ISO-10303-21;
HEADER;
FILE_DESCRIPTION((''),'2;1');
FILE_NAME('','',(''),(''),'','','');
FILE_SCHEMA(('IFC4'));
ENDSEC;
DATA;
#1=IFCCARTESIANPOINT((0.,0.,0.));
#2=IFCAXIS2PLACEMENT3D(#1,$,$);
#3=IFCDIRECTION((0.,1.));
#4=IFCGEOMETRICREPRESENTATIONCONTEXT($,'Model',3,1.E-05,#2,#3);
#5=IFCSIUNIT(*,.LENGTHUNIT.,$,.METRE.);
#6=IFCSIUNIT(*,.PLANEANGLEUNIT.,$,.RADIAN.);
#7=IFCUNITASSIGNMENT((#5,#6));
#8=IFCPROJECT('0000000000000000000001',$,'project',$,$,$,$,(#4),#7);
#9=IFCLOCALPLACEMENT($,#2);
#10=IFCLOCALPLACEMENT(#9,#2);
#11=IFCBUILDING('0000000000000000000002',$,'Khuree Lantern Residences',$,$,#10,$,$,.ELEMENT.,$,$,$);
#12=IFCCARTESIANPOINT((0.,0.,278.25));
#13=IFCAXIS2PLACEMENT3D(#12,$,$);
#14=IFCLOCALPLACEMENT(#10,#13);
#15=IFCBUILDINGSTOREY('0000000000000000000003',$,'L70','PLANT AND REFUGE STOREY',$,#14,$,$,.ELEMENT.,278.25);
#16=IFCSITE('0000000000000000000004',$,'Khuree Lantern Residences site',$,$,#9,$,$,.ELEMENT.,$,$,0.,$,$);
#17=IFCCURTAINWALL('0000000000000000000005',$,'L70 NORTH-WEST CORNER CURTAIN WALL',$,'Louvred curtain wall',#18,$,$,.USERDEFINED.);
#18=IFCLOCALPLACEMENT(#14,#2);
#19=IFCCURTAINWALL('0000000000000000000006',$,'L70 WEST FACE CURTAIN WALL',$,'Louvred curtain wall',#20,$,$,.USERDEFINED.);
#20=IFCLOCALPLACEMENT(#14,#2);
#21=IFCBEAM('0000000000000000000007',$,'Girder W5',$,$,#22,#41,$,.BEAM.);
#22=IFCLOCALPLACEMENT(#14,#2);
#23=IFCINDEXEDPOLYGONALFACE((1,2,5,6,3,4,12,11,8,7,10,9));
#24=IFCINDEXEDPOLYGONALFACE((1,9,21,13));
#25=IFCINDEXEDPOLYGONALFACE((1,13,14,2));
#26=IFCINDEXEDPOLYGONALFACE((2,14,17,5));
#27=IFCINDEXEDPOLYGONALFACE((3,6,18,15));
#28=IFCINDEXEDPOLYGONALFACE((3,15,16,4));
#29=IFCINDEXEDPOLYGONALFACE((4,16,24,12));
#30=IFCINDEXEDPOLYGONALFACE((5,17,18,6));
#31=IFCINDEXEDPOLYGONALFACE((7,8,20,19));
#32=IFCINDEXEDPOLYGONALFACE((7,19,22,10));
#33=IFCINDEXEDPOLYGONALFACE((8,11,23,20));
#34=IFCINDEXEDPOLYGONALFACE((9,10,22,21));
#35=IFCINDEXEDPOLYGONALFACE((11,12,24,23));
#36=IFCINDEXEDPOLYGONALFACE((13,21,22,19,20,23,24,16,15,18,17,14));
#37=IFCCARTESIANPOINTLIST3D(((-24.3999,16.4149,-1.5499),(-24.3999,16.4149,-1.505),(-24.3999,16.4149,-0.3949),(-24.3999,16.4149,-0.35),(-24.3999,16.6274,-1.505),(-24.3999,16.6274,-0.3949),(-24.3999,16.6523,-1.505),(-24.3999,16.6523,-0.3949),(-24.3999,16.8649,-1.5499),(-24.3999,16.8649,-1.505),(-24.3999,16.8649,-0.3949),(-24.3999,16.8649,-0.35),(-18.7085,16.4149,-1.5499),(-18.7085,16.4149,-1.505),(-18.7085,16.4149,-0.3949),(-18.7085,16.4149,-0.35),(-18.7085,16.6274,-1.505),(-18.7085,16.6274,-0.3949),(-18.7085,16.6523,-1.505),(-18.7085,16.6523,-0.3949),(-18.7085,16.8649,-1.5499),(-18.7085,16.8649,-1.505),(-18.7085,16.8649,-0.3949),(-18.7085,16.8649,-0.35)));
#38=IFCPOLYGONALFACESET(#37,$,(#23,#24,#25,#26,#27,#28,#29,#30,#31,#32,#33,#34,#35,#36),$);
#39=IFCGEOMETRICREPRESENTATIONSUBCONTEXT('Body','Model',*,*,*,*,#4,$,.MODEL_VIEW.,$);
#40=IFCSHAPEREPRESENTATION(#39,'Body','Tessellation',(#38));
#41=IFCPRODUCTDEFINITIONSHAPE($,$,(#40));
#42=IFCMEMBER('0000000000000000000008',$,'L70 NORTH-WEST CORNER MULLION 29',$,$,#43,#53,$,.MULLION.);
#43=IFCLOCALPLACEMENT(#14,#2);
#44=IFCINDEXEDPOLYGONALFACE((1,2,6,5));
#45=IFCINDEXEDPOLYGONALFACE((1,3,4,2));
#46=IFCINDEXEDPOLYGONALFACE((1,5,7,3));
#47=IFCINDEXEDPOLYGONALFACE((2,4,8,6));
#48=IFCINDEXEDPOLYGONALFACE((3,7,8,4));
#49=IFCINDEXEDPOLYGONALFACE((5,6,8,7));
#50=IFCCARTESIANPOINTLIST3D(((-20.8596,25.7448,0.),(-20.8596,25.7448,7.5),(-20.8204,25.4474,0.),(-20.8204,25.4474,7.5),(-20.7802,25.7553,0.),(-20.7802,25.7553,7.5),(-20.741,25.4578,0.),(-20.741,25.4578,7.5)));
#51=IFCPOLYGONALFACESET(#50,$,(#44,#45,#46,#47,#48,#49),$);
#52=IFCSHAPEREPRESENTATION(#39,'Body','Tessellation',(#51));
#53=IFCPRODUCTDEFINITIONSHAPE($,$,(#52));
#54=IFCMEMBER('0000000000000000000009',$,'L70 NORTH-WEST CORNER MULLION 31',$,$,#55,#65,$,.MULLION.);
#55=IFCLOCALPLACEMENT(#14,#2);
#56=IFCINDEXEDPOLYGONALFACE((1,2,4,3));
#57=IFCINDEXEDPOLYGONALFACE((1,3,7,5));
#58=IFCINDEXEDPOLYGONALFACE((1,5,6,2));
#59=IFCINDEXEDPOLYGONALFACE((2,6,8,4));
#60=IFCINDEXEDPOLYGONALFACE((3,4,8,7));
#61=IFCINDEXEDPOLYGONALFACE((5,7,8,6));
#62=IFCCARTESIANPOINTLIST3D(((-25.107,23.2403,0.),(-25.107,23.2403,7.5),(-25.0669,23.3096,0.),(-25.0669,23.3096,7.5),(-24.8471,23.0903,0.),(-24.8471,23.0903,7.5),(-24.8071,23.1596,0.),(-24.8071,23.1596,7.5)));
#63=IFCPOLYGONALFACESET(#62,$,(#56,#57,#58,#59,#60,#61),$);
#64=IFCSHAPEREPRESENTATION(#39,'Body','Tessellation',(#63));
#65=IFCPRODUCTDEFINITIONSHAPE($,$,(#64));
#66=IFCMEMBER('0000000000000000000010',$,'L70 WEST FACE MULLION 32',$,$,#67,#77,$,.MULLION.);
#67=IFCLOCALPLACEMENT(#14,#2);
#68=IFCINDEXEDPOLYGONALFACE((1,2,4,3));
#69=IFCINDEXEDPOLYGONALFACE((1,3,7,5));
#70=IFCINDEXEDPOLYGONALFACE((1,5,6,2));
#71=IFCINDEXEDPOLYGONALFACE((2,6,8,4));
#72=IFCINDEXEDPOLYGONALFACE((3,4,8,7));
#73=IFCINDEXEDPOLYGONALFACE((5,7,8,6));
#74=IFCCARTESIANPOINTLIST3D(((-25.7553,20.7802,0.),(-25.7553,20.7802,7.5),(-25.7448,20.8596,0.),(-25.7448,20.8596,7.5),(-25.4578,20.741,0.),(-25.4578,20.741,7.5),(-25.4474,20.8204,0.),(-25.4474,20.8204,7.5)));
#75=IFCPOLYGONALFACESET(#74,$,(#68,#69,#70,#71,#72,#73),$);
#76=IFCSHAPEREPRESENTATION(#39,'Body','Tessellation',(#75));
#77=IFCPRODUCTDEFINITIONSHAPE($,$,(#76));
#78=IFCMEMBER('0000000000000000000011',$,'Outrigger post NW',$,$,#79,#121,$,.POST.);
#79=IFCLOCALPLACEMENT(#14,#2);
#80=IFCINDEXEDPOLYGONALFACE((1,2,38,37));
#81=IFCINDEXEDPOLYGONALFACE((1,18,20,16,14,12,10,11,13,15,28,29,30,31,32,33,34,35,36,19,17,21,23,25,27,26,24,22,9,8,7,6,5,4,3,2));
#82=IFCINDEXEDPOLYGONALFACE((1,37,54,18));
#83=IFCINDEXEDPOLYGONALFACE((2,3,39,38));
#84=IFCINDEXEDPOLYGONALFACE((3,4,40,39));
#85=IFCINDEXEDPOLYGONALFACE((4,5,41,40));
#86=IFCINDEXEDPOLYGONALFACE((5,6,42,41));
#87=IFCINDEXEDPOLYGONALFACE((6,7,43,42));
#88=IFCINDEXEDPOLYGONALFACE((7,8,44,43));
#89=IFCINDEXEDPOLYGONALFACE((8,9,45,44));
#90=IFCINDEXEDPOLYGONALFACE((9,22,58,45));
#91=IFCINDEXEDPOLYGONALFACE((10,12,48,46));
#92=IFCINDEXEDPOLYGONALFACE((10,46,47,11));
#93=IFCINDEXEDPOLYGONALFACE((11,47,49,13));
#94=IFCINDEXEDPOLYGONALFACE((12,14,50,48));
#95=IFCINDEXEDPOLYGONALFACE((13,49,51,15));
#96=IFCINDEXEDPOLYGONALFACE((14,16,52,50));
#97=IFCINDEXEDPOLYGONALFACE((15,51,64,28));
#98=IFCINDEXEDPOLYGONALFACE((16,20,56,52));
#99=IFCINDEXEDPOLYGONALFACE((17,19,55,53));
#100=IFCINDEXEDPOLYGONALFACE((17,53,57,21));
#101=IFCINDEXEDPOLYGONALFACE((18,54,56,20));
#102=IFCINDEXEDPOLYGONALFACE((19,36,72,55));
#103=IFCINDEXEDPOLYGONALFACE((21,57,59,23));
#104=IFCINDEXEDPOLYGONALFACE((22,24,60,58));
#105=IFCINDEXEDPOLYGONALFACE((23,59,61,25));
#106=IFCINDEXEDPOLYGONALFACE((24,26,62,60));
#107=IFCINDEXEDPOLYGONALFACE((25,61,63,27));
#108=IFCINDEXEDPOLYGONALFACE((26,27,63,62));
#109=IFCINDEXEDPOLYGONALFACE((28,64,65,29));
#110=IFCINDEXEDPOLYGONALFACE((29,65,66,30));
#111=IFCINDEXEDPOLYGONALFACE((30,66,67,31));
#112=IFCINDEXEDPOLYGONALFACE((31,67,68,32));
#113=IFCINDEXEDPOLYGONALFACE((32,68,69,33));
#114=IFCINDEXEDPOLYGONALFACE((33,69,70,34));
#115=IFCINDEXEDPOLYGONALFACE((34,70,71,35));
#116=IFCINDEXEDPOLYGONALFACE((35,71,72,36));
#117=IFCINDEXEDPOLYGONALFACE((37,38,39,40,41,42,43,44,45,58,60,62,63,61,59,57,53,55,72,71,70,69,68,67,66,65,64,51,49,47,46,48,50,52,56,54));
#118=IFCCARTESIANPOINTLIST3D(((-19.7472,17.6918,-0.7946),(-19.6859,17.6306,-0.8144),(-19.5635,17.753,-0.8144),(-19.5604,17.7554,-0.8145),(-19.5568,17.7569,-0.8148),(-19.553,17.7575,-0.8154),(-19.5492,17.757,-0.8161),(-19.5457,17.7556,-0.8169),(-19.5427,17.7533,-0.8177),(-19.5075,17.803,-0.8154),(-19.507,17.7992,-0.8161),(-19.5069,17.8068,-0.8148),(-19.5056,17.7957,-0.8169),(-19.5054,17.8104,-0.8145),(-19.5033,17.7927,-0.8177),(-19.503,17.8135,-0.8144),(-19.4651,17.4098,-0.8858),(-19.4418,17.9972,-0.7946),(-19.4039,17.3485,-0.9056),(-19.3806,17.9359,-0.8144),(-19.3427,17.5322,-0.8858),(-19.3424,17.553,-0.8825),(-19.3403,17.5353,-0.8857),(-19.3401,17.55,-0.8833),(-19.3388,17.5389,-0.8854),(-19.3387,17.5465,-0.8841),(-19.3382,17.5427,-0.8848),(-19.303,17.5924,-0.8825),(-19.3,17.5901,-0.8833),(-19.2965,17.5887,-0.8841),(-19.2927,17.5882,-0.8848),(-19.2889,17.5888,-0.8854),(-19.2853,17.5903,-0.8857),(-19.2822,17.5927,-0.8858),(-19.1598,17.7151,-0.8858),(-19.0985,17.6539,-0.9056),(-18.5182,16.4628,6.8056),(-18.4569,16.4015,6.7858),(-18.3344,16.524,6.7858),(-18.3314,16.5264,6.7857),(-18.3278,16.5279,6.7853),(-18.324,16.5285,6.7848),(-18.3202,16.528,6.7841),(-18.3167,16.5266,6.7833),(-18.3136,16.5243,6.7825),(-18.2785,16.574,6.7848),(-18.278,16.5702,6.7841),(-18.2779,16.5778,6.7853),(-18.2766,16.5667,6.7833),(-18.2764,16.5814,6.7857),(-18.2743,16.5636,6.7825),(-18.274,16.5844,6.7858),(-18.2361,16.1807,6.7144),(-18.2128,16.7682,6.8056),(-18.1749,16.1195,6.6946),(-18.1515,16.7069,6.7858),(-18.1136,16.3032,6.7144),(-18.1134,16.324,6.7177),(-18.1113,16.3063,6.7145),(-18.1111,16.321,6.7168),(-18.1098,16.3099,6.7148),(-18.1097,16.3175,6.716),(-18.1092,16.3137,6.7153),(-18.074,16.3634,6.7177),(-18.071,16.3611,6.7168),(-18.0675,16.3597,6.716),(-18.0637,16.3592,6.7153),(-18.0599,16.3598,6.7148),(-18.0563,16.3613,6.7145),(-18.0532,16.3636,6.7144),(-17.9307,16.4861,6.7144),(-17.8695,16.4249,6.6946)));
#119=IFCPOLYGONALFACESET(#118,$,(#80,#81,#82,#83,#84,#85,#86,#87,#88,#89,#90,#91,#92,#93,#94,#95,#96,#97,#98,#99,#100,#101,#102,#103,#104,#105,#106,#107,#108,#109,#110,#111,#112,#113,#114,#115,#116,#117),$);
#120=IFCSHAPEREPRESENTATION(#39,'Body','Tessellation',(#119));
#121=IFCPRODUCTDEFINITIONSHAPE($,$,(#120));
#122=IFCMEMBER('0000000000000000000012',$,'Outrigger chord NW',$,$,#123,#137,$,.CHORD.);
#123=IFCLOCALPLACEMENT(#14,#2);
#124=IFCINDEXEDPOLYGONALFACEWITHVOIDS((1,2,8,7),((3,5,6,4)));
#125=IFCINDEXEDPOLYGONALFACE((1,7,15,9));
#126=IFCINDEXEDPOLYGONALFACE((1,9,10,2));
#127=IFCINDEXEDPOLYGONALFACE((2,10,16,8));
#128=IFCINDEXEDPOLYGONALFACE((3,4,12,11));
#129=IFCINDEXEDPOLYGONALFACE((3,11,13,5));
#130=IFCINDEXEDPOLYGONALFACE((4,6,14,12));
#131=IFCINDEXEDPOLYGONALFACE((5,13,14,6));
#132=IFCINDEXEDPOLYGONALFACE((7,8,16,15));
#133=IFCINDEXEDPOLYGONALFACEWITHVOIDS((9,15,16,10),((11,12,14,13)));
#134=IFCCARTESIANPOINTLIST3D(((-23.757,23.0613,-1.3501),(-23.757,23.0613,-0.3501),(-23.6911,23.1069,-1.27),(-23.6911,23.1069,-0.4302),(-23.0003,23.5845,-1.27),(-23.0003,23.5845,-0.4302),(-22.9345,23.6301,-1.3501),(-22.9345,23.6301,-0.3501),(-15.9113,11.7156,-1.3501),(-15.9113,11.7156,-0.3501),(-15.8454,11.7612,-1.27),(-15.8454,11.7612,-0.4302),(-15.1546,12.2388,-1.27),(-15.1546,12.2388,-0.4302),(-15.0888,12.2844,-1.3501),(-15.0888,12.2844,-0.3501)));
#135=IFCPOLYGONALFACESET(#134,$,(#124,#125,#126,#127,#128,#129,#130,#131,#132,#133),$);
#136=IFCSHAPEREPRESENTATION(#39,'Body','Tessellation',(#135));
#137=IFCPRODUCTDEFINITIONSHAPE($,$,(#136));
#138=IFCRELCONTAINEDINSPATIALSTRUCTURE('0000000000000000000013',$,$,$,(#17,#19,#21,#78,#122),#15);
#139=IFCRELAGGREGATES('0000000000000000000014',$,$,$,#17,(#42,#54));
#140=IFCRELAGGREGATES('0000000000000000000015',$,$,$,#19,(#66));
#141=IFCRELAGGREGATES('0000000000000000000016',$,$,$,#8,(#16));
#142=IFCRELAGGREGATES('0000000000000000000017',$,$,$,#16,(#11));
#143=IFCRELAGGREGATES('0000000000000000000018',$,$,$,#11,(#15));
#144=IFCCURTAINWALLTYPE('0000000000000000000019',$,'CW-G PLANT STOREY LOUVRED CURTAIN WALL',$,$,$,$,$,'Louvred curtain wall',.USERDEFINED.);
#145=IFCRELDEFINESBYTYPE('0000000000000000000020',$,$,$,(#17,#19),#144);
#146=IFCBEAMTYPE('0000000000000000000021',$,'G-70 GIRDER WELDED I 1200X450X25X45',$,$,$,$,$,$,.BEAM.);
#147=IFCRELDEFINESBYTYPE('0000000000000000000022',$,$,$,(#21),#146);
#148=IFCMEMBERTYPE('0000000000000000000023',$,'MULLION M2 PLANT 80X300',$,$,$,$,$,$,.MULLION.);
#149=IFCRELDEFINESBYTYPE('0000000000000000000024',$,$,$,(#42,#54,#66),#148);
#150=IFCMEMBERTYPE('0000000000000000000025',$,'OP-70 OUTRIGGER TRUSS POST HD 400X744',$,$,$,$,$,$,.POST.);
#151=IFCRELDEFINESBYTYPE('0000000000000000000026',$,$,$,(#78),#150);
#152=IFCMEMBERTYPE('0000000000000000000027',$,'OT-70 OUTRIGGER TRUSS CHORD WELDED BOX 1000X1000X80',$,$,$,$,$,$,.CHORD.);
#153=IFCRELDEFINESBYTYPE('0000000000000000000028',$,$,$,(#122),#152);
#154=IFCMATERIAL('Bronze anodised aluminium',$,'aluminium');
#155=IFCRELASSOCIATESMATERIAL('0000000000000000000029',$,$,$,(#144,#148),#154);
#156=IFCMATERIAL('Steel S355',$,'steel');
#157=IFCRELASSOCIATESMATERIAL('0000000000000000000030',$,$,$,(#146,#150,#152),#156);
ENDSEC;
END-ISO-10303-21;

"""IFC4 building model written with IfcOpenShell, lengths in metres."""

from ifc_helpers import new_model, si_unit, direction, frame, origin, origin_2d, place, context, subcontext, project, spatial, rectangle, hollow_rectangle, i_section, extrude, material, material_profile, profile_set, type_object, element, aggregate, save


model = new_model("IFC4")

# Units and contexts
model_context = context("Model", 3, precision=1e-05, world=origin(), true_north=direction((0.0, 1.0)))
body_context = subcontext(model_context, "Body", "Model", "MODEL_VIEW")
ifc_project = project(units=[si_unit("LENGTHUNIT", "METRE"), si_unit("PLANEANGLEUNIT", "RADIAN")], contexts=[model_context])

# Site, building, storey
site_placement = place(None, origin())
site = spatial("IfcSite", under=ifc_project, at=site_placement, Name="Khuree Lantern Residences site", CompositionType="ELEMENT", RefElevation=0.0)
building_placement = place(site_placement, origin())
building = spatial("IfcBuilding", under=site, at=building_placement, Name="Khuree Lantern Residences", CompositionType="ELEMENT")
storey_placement = place(building_placement, frame((0.0, 0.0, 278.25)))
storey = spatial("IfcBuildingStorey", under=building, at=storey_placement, Name="L70", Description="PLANT AND REFUGE STOREY", CompositionType="ELEMENT", Elevation=278.25)

# Shared definitions
ifc_material_1 = material(Name="Steel S355", Category="steel")

# Curtain walls
ifc_material_2 = material(Name="Bronze anodised aluminium", Category="aluminium")
curtain_wall_type = type_object("IfcCurtainWallType", Name="CW-G PLANT STOREY LOUVRED CURTAIN WALL", ElementType="Louvred curtain wall", PredefinedType="USERDEFINED", material=ifc_material_2)
curtain_wall_1_placement = place(storey_placement, origin())
curtain_wall_1 = element("IfcCurtainWall", 1, at=curtain_wall_1_placement, inside=storey, type_object=curtain_wall_type, Name="L70 NORTH-WEST CORNER CURTAIN WALL", ObjectType="Louvred curtain wall", PredefinedType="USERDEFINED")
curtain_wall_2_placement = place(storey_placement, origin())
curtain_wall_2 = element("IfcCurtainWall", 2, at=curtain_wall_2_placement, inside=storey, type_object=curtain_wall_type, Name="L70 WEST FACE CURTAIN WALL", ObjectType="Louvred curtain wall", PredefinedType="USERDEFINED")

# Beam
ifc_material_profile_1 = material_profile(ifc_material_1, i_section(OverallWidth=0.45, OverallDepth=1.2, WebThickness=0.0249, FlangeThickness=0.0449, at=origin_2d()), Name="WELDED I 1200X450X25X45")
ifc_profile_set_1 = profile_set([ifc_material_profile_1], Name="Steel S355")
beam_type_1 = type_object("IfcBeamType", Name="G-70 GIRDER WELDED I 1200X450X25X45", PredefinedType="BEAM", material=ifc_profile_set_1)
beam_1_placement = place(storey_placement, frame((-24.3999, 16.6399, -0.95), z_axis=(1.0, 0.0, 0.0), x_axis=(0.0, 1.0, 0.0)))
element("IfcBeam", 3, at=beam_1_placement, inside=storey, type_object=beam_type_1, Name="Girder W5", PredefinedType="BEAM", context=body_context, shape_type="SweptSolid", body=[
    extrude(i_section(OverallWidth=0.45, OverallDepth=1.2, WebThickness=0.0249, FlangeThickness=0.0449, at=origin_2d()), origin(), (0.0, 0.0, 1.0), 5.6914),
])

# Members
ifc_material_profile_2 = material_profile(ifc_material_2, rectangle(XDim=0.0801, YDim=0.3, at=origin_2d()), Name="M2 80X300")
ifc_profile_set_2 = profile_set([ifc_material_profile_2], Name="Bronze anodised aluminium")
member_type_1 = type_object("IfcMemberType", Name="MULLION M2 PLANT 80X300", PredefinedType="MULLION", material=ifc_profile_set_2)
member_1_placement = place(storey_placement, frame((-20.8003, 25.6013, 0.0), z_axis=(0.0, 0.0, 1.0), x_axis=(-0.991445, -0.130526, 0.0)))
member_1 = element("IfcMember", 4, at=member_1_placement, type_object=member_type_1, Name="L70 NORTH-WEST CORNER MULLION 29", PredefinedType="MULLION", context=body_context, shape_type="SweptSolid", body=[
    extrude(rectangle(XDim=0.0801, YDim=0.3, at=origin_2d()), origin(), (0.0, 0.0, 1.0), 7.5),
])
member_2_placement = place(storey_placement, frame((-24.957, 23.2, 0.0), z_axis=(0.0, 0.0, 1.0), x_axis=(-0.5, -0.866025, 0.0)))
member_2 = element("IfcMember", 5, at=member_2_placement, type_object=member_type_1, Name="L70 NORTH-WEST CORNER MULLION 31", PredefinedType="MULLION", context=body_context, shape_type="SweptSolid", body=[
    extrude(rectangle(XDim=0.0801, YDim=0.3, at=origin_2d()), origin(), (0.0, 0.0, 1.0), 7.5),
])
member_3_placement = place(storey_placement, frame((-25.6013, 20.8003, 0.0), z_axis=(0.0, 0.0, 1.0), x_axis=(-0.130526, -0.991445, 0.0)))
member_3 = element("IfcMember", 6, at=member_3_placement, type_object=member_type_1, Name="L70 WEST FACE MULLION 32", PredefinedType="MULLION", context=body_context, shape_type="SweptSolid", body=[
    extrude(rectangle(XDim=0.0801, YDim=0.3, at=origin_2d()), origin(), (0.0, 0.0, 1.0), 7.5),
])

# Members
ifc_material_profile_3 = material_profile(ifc_material_1, i_section(OverallWidth=0.4319, OverallDepth=0.498, WebThickness=0.0557, FlangeThickness=0.0889, FilletRadius=0.0149, at=origin_2d()), Name="HD 400X744")
ifc_profile_set_3 = profile_set([ifc_material_profile_3], Name="Steel S355")
member_type_2 = type_object("IfcMemberType", Name="OP-70 OUTRIGGER TRUSS POST HD 400X744", PredefinedType="POST", material=ifc_profile_set_3)
member_4_placement = place(storey_placement, frame((-19.4229, 17.6729, -0.8501), z_axis=(0.157639, -0.157639, 0.974833), x_axis=(0.707107, 0.707107, 0.0)))
element("IfcMember", 7, at=member_4_placement, inside=storey, type_object=member_type_2, Name="Outrigger post NW", PredefinedType="POST", context=body_context, shape_type="SweptSolid", body=[
    extrude(i_section(OverallWidth=0.4319, OverallDepth=0.498, WebThickness=0.0557, FlangeThickness=0.0889, FilletRadius=0.0149, at=origin_2d()), origin(), (0.0, 0.0, 1.0), 7.7964),
])
ifc_material_profile_4 = material_profile(ifc_material_1, hollow_rectangle(XDim=1.0, YDim=1.0, WallThickness=0.0801, at=origin_2d()), Name="WELDED BOX 1000X1000X80")
ifc_profile_set_4 = profile_set([ifc_material_profile_4], Name="Steel S355")
member_type_3 = type_object("IfcMemberType", Name="OT-70 OUTRIGGER TRUSS CHORD WELDED BOX 1000X1000X80", PredefinedType="CHORD", material=ifc_profile_set_4)
member_5_placement = place(storey_placement, frame((-23.3457, 23.3457, -0.8501), z_axis=(0.568768, -0.822498, 0.0), x_axis=(0.822498, 0.568768, 0.0)))
element("IfcMember", 8, at=member_5_placement, inside=storey, type_object=member_type_3, Name="Outrigger chord NW", PredefinedType="CHORD", context=body_context, shape_type="SweptSolid", body=[
    extrude(hollow_rectangle(XDim=1.0, YDim=1.0, WallThickness=0.0801, at=origin_2d()), origin(), (0.0, 0.0, 1.0), 13.7942),
])

aggregate(curtain_wall_1, [member_1, member_2])
aggregate(curtain_wall_2, [member_3])

save(model, "model.ifc")
